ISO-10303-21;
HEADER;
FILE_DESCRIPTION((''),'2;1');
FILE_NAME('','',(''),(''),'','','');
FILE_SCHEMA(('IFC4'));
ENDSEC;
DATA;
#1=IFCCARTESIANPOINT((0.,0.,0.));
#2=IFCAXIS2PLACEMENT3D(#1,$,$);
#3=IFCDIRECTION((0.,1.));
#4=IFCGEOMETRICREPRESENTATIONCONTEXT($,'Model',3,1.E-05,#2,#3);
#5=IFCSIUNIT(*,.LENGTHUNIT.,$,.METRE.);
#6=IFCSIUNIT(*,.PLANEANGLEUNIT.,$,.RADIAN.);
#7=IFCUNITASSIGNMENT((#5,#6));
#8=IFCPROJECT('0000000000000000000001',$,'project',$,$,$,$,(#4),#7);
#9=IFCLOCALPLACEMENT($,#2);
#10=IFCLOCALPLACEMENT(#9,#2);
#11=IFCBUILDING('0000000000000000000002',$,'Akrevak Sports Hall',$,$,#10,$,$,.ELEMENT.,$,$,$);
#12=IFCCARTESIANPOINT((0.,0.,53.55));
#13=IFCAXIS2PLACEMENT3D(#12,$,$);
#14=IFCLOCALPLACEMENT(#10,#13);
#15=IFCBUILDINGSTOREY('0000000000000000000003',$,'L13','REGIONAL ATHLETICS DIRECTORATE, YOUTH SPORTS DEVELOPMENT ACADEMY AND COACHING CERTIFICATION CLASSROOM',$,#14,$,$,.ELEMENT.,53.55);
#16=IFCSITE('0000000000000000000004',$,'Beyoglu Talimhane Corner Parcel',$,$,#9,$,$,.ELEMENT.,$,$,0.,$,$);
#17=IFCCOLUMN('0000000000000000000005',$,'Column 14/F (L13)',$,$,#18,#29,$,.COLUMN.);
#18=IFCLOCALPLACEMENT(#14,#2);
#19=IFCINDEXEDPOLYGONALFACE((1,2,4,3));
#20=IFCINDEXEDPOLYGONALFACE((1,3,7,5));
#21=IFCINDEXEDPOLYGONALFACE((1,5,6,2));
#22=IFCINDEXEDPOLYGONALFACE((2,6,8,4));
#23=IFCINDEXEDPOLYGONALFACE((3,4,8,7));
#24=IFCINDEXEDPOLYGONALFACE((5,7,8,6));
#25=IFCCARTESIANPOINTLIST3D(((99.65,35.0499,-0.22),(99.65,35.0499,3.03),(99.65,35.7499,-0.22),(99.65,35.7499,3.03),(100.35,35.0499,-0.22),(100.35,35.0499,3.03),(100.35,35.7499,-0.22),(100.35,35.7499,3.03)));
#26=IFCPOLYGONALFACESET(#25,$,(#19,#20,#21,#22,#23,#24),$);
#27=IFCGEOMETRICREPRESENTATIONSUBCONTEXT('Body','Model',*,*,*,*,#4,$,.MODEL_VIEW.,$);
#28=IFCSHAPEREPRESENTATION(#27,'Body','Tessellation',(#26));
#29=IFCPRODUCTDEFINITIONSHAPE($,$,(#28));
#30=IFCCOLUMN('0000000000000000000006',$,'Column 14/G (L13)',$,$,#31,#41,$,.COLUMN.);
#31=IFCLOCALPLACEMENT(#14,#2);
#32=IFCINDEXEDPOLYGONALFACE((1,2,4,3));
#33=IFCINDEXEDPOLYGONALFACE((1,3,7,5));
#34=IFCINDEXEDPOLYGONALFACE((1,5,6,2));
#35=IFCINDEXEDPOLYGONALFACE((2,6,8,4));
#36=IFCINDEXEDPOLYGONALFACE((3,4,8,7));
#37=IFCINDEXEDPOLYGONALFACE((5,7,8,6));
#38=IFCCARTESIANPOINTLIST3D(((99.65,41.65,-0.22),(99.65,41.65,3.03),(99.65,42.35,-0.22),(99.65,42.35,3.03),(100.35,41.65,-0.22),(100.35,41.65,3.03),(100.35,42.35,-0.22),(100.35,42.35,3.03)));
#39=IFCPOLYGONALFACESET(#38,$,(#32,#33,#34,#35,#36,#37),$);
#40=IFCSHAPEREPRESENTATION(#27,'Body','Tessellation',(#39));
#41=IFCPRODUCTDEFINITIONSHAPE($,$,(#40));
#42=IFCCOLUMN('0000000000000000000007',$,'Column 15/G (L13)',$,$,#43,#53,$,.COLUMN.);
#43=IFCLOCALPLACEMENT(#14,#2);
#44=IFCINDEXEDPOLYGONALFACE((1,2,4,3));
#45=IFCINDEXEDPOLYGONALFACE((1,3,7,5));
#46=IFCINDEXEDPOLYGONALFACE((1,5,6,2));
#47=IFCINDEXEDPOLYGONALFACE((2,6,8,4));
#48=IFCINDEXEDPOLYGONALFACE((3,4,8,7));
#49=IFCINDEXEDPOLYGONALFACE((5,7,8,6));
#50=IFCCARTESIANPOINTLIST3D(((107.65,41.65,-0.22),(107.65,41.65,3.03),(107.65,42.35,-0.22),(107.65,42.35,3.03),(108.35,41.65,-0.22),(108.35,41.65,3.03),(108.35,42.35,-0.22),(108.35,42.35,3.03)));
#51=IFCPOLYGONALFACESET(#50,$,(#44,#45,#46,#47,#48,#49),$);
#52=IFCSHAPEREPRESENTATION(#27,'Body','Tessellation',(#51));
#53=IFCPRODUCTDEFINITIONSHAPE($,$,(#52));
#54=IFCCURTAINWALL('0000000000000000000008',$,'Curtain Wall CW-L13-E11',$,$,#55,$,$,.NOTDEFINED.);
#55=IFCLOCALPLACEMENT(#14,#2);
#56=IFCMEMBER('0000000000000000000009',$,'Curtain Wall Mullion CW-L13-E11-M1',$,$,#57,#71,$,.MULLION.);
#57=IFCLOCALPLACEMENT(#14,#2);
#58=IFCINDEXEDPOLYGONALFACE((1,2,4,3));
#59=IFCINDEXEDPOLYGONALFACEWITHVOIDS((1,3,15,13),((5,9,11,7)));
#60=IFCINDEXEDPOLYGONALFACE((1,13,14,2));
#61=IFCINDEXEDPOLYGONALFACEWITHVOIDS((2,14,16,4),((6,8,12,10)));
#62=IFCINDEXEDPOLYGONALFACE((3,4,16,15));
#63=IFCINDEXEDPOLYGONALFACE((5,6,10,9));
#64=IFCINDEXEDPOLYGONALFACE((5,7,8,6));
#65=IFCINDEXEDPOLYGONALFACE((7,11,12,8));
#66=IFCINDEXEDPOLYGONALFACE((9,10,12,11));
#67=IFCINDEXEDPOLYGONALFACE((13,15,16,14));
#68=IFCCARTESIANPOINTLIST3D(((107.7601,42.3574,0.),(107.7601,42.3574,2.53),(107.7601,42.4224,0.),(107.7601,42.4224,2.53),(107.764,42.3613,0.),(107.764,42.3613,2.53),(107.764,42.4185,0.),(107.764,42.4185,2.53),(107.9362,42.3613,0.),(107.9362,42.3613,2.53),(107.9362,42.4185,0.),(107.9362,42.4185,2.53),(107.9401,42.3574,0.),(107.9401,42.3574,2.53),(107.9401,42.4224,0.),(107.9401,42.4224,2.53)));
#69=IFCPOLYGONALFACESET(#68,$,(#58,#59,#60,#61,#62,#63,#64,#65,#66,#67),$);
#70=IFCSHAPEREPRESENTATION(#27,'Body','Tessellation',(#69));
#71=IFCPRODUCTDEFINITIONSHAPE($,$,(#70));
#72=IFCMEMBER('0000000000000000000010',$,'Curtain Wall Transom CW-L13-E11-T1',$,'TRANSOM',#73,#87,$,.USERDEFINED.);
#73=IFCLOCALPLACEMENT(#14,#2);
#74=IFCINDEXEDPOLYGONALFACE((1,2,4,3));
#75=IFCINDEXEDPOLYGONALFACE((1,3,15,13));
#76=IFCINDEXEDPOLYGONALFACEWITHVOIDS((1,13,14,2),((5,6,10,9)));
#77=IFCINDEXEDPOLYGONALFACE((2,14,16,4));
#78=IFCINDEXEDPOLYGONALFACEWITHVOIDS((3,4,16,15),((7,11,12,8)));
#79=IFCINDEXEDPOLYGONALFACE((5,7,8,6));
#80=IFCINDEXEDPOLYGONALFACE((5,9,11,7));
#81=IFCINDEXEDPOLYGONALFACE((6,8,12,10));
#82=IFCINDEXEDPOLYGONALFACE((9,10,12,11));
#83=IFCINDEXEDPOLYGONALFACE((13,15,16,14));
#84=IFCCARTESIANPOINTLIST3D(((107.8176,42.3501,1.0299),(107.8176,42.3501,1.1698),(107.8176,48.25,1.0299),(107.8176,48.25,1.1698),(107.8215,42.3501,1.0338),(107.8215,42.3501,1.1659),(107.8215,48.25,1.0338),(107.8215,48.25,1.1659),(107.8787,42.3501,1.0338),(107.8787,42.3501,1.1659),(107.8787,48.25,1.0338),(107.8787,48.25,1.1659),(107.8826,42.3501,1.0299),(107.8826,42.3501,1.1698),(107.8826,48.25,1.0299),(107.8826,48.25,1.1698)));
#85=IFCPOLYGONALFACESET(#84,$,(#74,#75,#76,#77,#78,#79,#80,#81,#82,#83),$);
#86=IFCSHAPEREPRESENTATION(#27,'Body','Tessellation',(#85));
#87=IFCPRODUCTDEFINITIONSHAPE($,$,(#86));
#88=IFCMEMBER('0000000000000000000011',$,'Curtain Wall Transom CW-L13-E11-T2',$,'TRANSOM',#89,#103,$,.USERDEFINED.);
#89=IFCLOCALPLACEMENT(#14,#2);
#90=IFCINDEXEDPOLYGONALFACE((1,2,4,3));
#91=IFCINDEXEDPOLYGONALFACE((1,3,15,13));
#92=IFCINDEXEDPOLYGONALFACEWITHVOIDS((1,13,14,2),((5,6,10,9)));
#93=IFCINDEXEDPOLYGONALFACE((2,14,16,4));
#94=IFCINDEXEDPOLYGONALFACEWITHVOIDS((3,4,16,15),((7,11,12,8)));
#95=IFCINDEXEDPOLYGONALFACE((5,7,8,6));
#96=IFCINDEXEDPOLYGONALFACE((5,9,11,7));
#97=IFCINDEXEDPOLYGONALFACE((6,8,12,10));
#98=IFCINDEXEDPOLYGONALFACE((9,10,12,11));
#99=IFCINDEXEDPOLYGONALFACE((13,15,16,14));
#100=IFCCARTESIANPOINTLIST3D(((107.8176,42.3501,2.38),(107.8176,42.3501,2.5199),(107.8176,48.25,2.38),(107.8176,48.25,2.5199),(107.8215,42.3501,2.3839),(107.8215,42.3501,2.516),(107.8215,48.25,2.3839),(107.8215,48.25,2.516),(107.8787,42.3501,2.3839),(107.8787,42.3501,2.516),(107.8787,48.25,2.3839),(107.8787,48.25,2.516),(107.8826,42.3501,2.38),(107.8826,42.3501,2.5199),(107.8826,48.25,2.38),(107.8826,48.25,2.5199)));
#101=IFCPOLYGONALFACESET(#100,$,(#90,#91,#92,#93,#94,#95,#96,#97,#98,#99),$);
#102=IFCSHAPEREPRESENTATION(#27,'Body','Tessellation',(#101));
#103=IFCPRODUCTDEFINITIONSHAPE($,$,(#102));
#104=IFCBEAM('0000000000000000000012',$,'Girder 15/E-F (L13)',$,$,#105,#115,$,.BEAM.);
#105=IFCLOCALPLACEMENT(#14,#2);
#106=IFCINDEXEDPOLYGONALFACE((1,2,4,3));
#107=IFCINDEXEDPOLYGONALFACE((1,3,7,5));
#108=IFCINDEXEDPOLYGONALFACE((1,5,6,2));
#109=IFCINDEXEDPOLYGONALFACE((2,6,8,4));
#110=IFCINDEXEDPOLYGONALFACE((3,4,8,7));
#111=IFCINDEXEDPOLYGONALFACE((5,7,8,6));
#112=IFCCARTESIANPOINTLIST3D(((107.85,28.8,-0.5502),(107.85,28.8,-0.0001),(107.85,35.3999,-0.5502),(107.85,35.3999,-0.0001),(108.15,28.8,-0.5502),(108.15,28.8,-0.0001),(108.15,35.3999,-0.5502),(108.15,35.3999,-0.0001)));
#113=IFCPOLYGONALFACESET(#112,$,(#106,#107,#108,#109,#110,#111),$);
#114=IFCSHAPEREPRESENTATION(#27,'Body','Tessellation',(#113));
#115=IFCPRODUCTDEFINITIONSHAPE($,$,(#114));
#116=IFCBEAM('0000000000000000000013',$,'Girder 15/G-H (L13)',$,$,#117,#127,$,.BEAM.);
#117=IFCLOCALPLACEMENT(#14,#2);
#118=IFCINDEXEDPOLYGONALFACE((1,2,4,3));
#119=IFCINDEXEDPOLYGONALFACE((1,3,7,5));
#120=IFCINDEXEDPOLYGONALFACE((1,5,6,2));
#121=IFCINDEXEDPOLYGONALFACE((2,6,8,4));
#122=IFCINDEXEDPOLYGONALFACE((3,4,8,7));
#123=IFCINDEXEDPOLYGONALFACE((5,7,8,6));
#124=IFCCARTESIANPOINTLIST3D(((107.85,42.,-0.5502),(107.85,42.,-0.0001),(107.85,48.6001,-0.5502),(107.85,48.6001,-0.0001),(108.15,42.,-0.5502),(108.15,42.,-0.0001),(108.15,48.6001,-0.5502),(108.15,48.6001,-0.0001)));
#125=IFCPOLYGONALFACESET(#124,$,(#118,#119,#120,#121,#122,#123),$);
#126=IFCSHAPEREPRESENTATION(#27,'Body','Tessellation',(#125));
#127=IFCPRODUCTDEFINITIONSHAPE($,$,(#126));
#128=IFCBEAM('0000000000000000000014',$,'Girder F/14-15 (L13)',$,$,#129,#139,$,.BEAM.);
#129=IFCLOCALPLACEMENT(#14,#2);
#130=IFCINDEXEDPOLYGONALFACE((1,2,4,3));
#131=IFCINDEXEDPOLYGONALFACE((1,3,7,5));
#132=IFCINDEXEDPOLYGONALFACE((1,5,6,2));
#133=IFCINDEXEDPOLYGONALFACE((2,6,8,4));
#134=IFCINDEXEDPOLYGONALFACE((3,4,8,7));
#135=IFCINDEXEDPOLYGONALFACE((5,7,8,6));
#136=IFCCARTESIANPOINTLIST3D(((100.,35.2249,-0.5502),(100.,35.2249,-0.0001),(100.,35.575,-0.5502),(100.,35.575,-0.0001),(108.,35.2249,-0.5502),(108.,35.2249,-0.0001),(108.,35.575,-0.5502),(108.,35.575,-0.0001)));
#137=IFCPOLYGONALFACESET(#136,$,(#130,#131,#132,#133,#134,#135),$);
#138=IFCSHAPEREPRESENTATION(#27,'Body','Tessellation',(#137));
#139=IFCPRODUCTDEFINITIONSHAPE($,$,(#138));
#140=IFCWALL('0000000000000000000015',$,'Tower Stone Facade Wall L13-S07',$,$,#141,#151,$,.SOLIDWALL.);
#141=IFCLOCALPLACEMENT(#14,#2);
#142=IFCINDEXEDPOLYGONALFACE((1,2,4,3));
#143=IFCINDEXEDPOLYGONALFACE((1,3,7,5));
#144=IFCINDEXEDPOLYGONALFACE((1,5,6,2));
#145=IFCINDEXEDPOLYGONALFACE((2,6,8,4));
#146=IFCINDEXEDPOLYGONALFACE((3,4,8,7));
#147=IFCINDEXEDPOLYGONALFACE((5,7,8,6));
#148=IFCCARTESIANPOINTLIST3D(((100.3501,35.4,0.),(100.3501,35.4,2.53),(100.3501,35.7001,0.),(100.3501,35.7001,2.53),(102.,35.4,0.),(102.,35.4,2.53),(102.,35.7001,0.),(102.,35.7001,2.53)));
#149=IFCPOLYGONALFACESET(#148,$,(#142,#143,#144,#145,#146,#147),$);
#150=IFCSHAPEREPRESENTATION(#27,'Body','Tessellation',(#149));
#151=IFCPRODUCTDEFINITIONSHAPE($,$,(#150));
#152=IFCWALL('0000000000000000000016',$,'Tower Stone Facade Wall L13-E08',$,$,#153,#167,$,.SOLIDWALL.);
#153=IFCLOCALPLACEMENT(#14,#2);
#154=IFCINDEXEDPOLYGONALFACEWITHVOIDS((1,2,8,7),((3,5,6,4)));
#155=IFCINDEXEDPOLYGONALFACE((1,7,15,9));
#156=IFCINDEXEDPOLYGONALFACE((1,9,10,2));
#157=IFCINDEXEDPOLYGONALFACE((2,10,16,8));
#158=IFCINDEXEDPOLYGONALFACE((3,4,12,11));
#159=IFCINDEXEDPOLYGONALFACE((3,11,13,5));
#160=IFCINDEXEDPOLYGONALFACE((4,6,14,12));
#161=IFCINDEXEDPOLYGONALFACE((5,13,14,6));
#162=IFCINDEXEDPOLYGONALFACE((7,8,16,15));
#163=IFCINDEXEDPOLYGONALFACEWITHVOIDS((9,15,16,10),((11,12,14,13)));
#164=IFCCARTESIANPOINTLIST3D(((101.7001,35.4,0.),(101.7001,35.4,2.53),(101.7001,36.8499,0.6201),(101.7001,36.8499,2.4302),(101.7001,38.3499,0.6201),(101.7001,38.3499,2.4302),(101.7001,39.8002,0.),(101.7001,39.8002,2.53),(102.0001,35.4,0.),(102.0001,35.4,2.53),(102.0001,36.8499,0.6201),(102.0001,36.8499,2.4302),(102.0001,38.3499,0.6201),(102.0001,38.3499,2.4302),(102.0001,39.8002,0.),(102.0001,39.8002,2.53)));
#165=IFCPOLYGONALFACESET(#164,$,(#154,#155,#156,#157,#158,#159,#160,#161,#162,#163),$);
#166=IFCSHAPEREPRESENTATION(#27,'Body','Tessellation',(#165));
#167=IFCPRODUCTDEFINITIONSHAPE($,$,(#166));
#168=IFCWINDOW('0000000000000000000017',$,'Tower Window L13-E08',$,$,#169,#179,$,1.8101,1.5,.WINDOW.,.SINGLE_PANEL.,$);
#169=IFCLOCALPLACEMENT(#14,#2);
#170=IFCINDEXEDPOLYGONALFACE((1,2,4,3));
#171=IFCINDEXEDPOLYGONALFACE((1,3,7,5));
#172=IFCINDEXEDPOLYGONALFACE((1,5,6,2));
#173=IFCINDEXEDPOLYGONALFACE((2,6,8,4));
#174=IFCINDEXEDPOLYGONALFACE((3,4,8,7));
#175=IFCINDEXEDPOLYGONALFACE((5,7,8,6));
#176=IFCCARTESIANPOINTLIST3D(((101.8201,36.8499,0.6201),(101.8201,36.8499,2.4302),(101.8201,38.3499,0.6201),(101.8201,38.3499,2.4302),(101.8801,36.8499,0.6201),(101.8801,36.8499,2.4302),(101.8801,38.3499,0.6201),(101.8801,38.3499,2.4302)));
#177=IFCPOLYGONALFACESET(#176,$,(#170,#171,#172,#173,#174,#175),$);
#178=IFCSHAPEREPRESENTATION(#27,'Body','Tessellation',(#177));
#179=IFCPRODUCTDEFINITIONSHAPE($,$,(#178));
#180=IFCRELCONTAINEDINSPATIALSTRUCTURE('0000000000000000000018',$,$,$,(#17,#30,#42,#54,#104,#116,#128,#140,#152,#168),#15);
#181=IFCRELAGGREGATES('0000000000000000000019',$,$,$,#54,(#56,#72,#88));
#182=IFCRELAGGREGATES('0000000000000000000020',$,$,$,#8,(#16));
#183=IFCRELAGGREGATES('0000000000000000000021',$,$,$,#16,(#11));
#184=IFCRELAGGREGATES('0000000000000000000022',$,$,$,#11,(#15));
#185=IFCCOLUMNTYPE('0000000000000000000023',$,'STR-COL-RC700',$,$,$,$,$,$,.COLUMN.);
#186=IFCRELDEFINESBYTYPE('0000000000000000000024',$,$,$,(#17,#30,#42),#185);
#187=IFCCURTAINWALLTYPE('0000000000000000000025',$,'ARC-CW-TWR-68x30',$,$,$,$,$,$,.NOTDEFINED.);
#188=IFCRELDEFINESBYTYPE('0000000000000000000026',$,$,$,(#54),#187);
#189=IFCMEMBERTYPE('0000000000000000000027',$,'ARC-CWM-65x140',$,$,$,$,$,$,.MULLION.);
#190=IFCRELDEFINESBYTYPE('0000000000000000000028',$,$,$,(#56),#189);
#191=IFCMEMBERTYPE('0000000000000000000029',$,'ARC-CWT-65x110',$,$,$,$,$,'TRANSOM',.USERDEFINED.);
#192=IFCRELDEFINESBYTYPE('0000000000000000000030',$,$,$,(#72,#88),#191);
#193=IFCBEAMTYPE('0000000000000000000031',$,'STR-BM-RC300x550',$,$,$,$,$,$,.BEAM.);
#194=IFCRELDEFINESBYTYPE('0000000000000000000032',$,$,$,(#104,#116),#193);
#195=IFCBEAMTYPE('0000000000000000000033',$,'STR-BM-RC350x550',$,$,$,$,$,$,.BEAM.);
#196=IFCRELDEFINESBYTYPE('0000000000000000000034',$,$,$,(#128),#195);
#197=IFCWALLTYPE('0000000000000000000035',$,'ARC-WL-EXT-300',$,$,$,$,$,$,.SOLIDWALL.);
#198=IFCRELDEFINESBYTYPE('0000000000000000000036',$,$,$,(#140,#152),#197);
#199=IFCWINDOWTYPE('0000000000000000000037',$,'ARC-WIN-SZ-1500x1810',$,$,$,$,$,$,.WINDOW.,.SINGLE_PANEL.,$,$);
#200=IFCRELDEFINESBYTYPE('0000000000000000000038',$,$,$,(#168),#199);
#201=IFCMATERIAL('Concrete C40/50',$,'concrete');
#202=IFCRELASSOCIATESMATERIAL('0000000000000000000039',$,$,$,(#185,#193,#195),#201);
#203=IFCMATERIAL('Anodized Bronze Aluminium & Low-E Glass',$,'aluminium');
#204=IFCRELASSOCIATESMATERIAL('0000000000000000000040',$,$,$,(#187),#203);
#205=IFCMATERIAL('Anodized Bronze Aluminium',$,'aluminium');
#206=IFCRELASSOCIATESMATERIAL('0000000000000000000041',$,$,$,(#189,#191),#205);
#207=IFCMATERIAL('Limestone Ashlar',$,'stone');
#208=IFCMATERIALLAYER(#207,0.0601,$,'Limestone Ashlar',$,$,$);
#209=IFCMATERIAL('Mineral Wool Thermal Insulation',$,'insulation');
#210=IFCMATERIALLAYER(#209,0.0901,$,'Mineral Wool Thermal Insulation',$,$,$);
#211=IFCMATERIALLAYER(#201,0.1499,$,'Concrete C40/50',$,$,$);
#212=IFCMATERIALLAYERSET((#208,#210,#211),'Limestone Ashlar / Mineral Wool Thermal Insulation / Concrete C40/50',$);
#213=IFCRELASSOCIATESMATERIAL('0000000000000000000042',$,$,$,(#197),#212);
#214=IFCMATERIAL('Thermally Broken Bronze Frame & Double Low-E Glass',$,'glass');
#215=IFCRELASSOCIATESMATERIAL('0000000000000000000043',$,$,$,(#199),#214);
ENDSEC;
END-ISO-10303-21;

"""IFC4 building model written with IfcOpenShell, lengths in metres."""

from ifc_helpers import new_model, si_unit, direction, frame, frame_2d, origin, origin_2d, place, context, subcontext, project, spatial, rectangle, hollow_rectangle, extrude, material, layer, layer_set, material_profile, profile_set, type_object, element, fill, aggregate, save


model = new_model("IFC4")

# Units and contexts
model_context = context("Model", 3, precision=1e-05, world=origin(), true_north=direction((0.0, 1.0)))
body_context = subcontext(model_context, "Body", "Model", "MODEL_VIEW")
ifc_project = project(units=[si_unit("LENGTHUNIT", "METRE"), si_unit("PLANEANGLEUNIT", "RADIAN")], contexts=[model_context])

# Site, building, storey
site_placement = place(None, origin())
site = spatial("IfcSite", under=ifc_project, at=site_placement, Name="Beyoglu Talimhane Corner Parcel", CompositionType="ELEMENT", RefElevation=0.0)
building_placement = place(site_placement, origin())
building = spatial("IfcBuilding", under=site, at=building_placement, Name="Akrevak Sports Hall", CompositionType="ELEMENT")
storey_placement = place(building_placement, frame((0.0, 0.0, 53.55)))
storey = spatial("IfcBuildingStorey", under=building, at=storey_placement, Name="L13", Description="REGIONAL ATHLETICS DIRECTORATE, YOUTH SPORTS DEVELOPMENT ACADEMY AND COACHING CERTIFICATION CLASSROOM", CompositionType="ELEMENT", Elevation=53.55)

# Columns
ifc_material_1 = material(Name="Concrete C40/50", Category="concrete")
ifc_material_profile_1 = material_profile(ifc_material_1, rectangle(XDim=0.7, YDim=0.7, at=origin_2d()), Name="RC 700x700", Category="concrete")
ifc_profile_set_1 = profile_set([ifc_material_profile_1], Name="Concrete C40/50")
column_type = type_object("IfcColumnType", Name="STR-COL-RC700", PredefinedType="COLUMN", material=ifc_profile_set_1)
for number, where, z_axis, x_axis, name in (
    (1, (100.0, 35.3999, -0.22), (0.0, 0.0, 1.0), (1.0, 0.0, 0.0), "Column 14/F (L13)"),
    (2, (100.0, 42.0, -0.22), (0.0, 0.0, 1.0), (1.0, 0.0, 0.0), "Column 14/G (L13)"),
    (3, (108.0, 42.0, -0.22), (0.0, 0.0, 1.0), (1.0, 0.0, 0.0), "Column 15/G (L13)"),
):
    element("IfcColumn", number, at=place(storey_placement, frame(where, z_axis=z_axis, x_axis=x_axis)), inside=storey, type_object=column_type, Name=name, PredefinedType="COLUMN", context=body_context, shape_type="SweptSolid", body=[
        extrude(rectangle(XDim=0.7, YDim=0.7, at=origin_2d()), origin(), (0.0, 0.0, 1.0), 3.25),
    ])

# Curtain wall, members
ifc_material_2 = material(Name="Anodized Bronze Aluminium & Low-E Glass", Category="aluminium")
curtain_wall_type = type_object("IfcCurtainWallType", Name="ARC-CW-TWR-68x30", PredefinedType="NOTDEFINED", material=ifc_material_2)
curtain_wall_placement = place(storey_placement, origin())
curtain_wall = element("IfcCurtainWall", 4, at=curtain_wall_placement, inside=storey, type_object=curtain_wall_type, Name="Curtain Wall CW-L13-E11", PredefinedType="NOTDEFINED")
ifc_material_3 = material(Name="Anodized Bronze Aluminium", Category="aluminium")
ifc_material_profile_2 = material_profile(ifc_material_3, hollow_rectangle(XDim=0.0649, YDim=0.1799, WallThickness=0.0039, at=origin_2d()), Name="CWM 65x180", Category="aluminium")
ifc_profile_set_2 = profile_set([ifc_material_profile_2], Name="Anodized Bronze Aluminium")
member_type_1 = type_object("IfcMemberType", Name="ARC-CWM-65x140", PredefinedType="MULLION", material=ifc_profile_set_2)
member_1_placement = place(storey_placement, frame((107.8501, 42.3899, 0.0), z_axis=(0.0, 0.0, 1.0), x_axis=(0.0, 1.0, 0.0)))
member_1 = element("IfcMember", 5, at=member_1_placement, type_object=member_type_1, Name="Curtain Wall Mullion CW-L13-E11-M1", PredefinedType="MULLION", context=body_context, shape_type="SweptSolid", body=[
    extrude(hollow_rectangle(XDim=0.0649, YDim=0.1799, WallThickness=0.0039, at=origin_2d()), origin(), (0.0, 0.0, 1.0), 2.53),
])
ifc_material_profile_3 = material_profile(ifc_material_3, hollow_rectangle(XDim=0.0649, YDim=0.1399, WallThickness=0.0039, at=origin_2d()), Name="CWT 65x140", Category="aluminium")
ifc_profile_set_3 = profile_set([ifc_material_profile_3], Name="Anodized Bronze Aluminium")
member_type_2 = type_object("IfcMemberType", Name="ARC-CWT-65x110", ElementType="TRANSOM", PredefinedType="USERDEFINED", material=ifc_profile_set_3)
member_2_placement = place(storey_placement, frame((107.8501, 42.3501, 1.0999), z_axis=(0.0, 1.0, 0.0), x_axis=(-1.0, 0.0, 0.0)))
member_2 = element("IfcMember", 6, at=member_2_placement, type_object=member_type_2, Name="Curtain Wall Transom CW-L13-E11-T1", ObjectType="TRANSOM", PredefinedType="USERDEFINED", context=body_context, shape_type="SweptSolid", body=[
    extrude(hollow_rectangle(XDim=0.0649, YDim=0.1399, WallThickness=0.0039, at=origin_2d()), origin(), (0.0, 0.0, 1.0), 5.8999),
])
member_3_placement = place(storey_placement, frame((107.8501, 42.3501, 2.45), z_axis=(0.0, 1.0, 0.0), x_axis=(-1.0, 0.0, 0.0)))
member_3 = element("IfcMember", 7, at=member_3_placement, type_object=member_type_2, Name="Curtain Wall Transom CW-L13-E11-T2", ObjectType="TRANSOM", PredefinedType="USERDEFINED", context=body_context, shape_type="SweptSolid", body=[
    extrude(hollow_rectangle(XDim=0.0649, YDim=0.1399, WallThickness=0.0039, at=origin_2d()), origin(), (0.0, 0.0, 1.0), 5.8999),
])
aggregate(curtain_wall, [member_1, member_2, member_3])

# Beams
ifc_material_profile_4 = material_profile(ifc_material_1, rectangle(XDim=0.3, YDim=0.55, at=origin_2d()), Name="BM 300x550", Category="concrete")
ifc_profile_set_4 = profile_set([ifc_material_profile_4], Name="Concrete C40/50")
beam_type_1 = type_object("IfcBeamType", Name="STR-BM-RC300x550", PredefinedType="BEAM", material=ifc_profile_set_4)
beam_1_placement = place(storey_placement, frame((108.0, 28.8, -0.2751), z_axis=(0.0, 1.0, 0.0), x_axis=(-1.0, 0.0, 0.0)))
element("IfcBeam", 8, at=beam_1_placement, inside=storey, type_object=beam_type_1, Name="Girder 15/E-F (L13)", PredefinedType="BEAM", context=body_context, shape_type="SweptSolid", body=[
    extrude(rectangle(XDim=0.3, YDim=0.55, at=origin_2d()), origin(), (0.0, 0.0, 1.0), 6.5999),
])
beam_2_placement = place(storey_placement, frame((108.0, 42.0, -0.2751), z_axis=(0.0, 1.0, 0.0), x_axis=(-1.0, 0.0, 0.0)))
element("IfcBeam", 9, at=beam_2_placement, inside=storey, type_object=beam_type_1, Name="Girder 15/G-H (L13)", PredefinedType="BEAM", context=body_context, shape_type="SweptSolid", body=[
    extrude(rectangle(XDim=0.3, YDim=0.55, at=origin_2d()), origin(), (0.0, 0.0, 1.0), 6.6001),
])
ifc_material_profile_5 = material_profile(ifc_material_1, rectangle(XDim=0.3501, YDim=0.55, at=origin_2d()), Name="BM 350x550", Category="concrete")
ifc_profile_set_5 = profile_set([ifc_material_profile_5], Name="Concrete C40/50")
beam_type_2 = type_object("IfcBeamType", Name="STR-BM-RC350x550", PredefinedType="BEAM", material=ifc_profile_set_5)
beam_3_placement = place(storey_placement, frame((100.0, 35.3999, -0.2751), z_axis=(1.0, 0.0, 0.0), x_axis=(0.0, 1.0, 0.0)))
element("IfcBeam", 10, at=beam_3_placement, inside=storey, type_object=beam_type_2, Name="Girder F/14-15 (L13)", PredefinedType="BEAM", context=body_context, shape_type="SweptSolid", body=[
    extrude(rectangle(XDim=0.3501, YDim=0.55, at=origin_2d()), origin(), (0.0, 0.0, 1.0), 8.0),
])

# Wall
ifc_material_4 = material(Name="Limestone Ashlar", Category="stone")
ifc_layer_1 = layer(ifc_material_4, 0.0601, Name="Limestone Ashlar")
ifc_material_5 = material(Name="Mineral Wool Thermal Insulation", Category="insulation")
ifc_layer_2 = layer(ifc_material_5, 0.0901, Name="Mineral Wool Thermal Insulation")
ifc_layer_3 = layer(ifc_material_1, 0.1499, Name="Concrete C40/50")
ifc_layer_set_1 = layer_set([ifc_layer_1, ifc_layer_2, ifc_layer_3], Name="Limestone Ashlar / Mineral Wool Thermal Insulation / Concrete C40/50")
wall_type_1 = type_object("IfcWallType", Name="ARC-WL-EXT-300", PredefinedType="SOLIDWALL", material=ifc_layer_set_1)
wall_1_placement = place(storey_placement, frame((100.3501, 35.55, 0.0), z_axis=(0.0, 0.0, 1.0), x_axis=(1.0, 0.0, 0.0)))
element("IfcWall", 11, at=wall_1_placement, inside=storey, type_object=wall_type_1, Name="Tower Stone Facade Wall L13-S07", PredefinedType="SOLIDWALL", context=body_context, shape_type="SweptSolid", body=[
    extrude(rectangle(XDim=1.6499, YDim=0.3, at=frame_2d((0.825, 0.0))), origin(), (0.0, 0.0, 1.0), 2.53),
])

# Wall, opening, window
wall_2_placement = place(storey_placement, frame((101.8501, 35.3999, 0.0), z_axis=(0.0, 0.0, 1.0), x_axis=(0.0, 1.0, 0.0)))
wall_2 = element("IfcWall", 12, at=wall_2_placement, inside=storey, type_object=wall_type_1, Name="Tower Stone Facade Wall L13-E08", PredefinedType="SOLIDWALL", context=body_context, shape_type="SweptSolid", body=[
    extrude(rectangle(XDim=4.4001, YDim=0.3, at=frame_2d((2.2002, 0.0))), origin(), (0.0, 0.0, 1.0), 2.53),
])
opening_1_placement = place(wall_2_placement, frame((1.45, 0.0, 0.6201)))
opening_1 = element("IfcOpeningElement", 13, at=opening_1_placement, cuts=wall_2, PredefinedType="OPENING", context=body_context, shape_type="SweptSolid", body=[
    extrude(rectangle(XDim=1.5, YDim=1.8101, at=frame_2d((0.75, 0.905))), frame((0.0, 0.1621, 0.0), z_axis=(0.0, -1.0, 0.0), x_axis=(1.0, 0.0, 0.0)), (0.0, 0.0, 1.0), 0.324),
])
ifc_material_6 = material(Name="Thermally Broken Bronze Frame & Double Low-E Glass", Category="glass")
window_type_1 = type_object("IfcWindowType", Name="ARC-WIN-SZ-1500x1810", PartitioningType="SINGLE_PANEL", PredefinedType="WINDOW", material=ifc_material_6)
window_1_placement = place(opening_1_placement, origin())
window_1 = element("IfcWindow", 14, at=window_1_placement, inside=storey, type_object=window_type_1, Name="Tower Window L13-E08", OverallHeight=1.8101, OverallWidth=1.5, PartitioningType="SINGLE_PANEL", PredefinedType="WINDOW", context=body_context, shape_type="SweptSolid", body=[
    extrude(rectangle(XDim=1.5, YDim=1.8101, at=frame_2d((0.75, 0.905))), frame((0.0, 0.03, 0.0), z_axis=(0.0, -1.0, 0.0), x_axis=(1.0, 0.0, 0.0)), (0.0, 0.0, 1.0), 0.0601),
])
fill(opening_1, window_1)

save(model, "model.ifc")
